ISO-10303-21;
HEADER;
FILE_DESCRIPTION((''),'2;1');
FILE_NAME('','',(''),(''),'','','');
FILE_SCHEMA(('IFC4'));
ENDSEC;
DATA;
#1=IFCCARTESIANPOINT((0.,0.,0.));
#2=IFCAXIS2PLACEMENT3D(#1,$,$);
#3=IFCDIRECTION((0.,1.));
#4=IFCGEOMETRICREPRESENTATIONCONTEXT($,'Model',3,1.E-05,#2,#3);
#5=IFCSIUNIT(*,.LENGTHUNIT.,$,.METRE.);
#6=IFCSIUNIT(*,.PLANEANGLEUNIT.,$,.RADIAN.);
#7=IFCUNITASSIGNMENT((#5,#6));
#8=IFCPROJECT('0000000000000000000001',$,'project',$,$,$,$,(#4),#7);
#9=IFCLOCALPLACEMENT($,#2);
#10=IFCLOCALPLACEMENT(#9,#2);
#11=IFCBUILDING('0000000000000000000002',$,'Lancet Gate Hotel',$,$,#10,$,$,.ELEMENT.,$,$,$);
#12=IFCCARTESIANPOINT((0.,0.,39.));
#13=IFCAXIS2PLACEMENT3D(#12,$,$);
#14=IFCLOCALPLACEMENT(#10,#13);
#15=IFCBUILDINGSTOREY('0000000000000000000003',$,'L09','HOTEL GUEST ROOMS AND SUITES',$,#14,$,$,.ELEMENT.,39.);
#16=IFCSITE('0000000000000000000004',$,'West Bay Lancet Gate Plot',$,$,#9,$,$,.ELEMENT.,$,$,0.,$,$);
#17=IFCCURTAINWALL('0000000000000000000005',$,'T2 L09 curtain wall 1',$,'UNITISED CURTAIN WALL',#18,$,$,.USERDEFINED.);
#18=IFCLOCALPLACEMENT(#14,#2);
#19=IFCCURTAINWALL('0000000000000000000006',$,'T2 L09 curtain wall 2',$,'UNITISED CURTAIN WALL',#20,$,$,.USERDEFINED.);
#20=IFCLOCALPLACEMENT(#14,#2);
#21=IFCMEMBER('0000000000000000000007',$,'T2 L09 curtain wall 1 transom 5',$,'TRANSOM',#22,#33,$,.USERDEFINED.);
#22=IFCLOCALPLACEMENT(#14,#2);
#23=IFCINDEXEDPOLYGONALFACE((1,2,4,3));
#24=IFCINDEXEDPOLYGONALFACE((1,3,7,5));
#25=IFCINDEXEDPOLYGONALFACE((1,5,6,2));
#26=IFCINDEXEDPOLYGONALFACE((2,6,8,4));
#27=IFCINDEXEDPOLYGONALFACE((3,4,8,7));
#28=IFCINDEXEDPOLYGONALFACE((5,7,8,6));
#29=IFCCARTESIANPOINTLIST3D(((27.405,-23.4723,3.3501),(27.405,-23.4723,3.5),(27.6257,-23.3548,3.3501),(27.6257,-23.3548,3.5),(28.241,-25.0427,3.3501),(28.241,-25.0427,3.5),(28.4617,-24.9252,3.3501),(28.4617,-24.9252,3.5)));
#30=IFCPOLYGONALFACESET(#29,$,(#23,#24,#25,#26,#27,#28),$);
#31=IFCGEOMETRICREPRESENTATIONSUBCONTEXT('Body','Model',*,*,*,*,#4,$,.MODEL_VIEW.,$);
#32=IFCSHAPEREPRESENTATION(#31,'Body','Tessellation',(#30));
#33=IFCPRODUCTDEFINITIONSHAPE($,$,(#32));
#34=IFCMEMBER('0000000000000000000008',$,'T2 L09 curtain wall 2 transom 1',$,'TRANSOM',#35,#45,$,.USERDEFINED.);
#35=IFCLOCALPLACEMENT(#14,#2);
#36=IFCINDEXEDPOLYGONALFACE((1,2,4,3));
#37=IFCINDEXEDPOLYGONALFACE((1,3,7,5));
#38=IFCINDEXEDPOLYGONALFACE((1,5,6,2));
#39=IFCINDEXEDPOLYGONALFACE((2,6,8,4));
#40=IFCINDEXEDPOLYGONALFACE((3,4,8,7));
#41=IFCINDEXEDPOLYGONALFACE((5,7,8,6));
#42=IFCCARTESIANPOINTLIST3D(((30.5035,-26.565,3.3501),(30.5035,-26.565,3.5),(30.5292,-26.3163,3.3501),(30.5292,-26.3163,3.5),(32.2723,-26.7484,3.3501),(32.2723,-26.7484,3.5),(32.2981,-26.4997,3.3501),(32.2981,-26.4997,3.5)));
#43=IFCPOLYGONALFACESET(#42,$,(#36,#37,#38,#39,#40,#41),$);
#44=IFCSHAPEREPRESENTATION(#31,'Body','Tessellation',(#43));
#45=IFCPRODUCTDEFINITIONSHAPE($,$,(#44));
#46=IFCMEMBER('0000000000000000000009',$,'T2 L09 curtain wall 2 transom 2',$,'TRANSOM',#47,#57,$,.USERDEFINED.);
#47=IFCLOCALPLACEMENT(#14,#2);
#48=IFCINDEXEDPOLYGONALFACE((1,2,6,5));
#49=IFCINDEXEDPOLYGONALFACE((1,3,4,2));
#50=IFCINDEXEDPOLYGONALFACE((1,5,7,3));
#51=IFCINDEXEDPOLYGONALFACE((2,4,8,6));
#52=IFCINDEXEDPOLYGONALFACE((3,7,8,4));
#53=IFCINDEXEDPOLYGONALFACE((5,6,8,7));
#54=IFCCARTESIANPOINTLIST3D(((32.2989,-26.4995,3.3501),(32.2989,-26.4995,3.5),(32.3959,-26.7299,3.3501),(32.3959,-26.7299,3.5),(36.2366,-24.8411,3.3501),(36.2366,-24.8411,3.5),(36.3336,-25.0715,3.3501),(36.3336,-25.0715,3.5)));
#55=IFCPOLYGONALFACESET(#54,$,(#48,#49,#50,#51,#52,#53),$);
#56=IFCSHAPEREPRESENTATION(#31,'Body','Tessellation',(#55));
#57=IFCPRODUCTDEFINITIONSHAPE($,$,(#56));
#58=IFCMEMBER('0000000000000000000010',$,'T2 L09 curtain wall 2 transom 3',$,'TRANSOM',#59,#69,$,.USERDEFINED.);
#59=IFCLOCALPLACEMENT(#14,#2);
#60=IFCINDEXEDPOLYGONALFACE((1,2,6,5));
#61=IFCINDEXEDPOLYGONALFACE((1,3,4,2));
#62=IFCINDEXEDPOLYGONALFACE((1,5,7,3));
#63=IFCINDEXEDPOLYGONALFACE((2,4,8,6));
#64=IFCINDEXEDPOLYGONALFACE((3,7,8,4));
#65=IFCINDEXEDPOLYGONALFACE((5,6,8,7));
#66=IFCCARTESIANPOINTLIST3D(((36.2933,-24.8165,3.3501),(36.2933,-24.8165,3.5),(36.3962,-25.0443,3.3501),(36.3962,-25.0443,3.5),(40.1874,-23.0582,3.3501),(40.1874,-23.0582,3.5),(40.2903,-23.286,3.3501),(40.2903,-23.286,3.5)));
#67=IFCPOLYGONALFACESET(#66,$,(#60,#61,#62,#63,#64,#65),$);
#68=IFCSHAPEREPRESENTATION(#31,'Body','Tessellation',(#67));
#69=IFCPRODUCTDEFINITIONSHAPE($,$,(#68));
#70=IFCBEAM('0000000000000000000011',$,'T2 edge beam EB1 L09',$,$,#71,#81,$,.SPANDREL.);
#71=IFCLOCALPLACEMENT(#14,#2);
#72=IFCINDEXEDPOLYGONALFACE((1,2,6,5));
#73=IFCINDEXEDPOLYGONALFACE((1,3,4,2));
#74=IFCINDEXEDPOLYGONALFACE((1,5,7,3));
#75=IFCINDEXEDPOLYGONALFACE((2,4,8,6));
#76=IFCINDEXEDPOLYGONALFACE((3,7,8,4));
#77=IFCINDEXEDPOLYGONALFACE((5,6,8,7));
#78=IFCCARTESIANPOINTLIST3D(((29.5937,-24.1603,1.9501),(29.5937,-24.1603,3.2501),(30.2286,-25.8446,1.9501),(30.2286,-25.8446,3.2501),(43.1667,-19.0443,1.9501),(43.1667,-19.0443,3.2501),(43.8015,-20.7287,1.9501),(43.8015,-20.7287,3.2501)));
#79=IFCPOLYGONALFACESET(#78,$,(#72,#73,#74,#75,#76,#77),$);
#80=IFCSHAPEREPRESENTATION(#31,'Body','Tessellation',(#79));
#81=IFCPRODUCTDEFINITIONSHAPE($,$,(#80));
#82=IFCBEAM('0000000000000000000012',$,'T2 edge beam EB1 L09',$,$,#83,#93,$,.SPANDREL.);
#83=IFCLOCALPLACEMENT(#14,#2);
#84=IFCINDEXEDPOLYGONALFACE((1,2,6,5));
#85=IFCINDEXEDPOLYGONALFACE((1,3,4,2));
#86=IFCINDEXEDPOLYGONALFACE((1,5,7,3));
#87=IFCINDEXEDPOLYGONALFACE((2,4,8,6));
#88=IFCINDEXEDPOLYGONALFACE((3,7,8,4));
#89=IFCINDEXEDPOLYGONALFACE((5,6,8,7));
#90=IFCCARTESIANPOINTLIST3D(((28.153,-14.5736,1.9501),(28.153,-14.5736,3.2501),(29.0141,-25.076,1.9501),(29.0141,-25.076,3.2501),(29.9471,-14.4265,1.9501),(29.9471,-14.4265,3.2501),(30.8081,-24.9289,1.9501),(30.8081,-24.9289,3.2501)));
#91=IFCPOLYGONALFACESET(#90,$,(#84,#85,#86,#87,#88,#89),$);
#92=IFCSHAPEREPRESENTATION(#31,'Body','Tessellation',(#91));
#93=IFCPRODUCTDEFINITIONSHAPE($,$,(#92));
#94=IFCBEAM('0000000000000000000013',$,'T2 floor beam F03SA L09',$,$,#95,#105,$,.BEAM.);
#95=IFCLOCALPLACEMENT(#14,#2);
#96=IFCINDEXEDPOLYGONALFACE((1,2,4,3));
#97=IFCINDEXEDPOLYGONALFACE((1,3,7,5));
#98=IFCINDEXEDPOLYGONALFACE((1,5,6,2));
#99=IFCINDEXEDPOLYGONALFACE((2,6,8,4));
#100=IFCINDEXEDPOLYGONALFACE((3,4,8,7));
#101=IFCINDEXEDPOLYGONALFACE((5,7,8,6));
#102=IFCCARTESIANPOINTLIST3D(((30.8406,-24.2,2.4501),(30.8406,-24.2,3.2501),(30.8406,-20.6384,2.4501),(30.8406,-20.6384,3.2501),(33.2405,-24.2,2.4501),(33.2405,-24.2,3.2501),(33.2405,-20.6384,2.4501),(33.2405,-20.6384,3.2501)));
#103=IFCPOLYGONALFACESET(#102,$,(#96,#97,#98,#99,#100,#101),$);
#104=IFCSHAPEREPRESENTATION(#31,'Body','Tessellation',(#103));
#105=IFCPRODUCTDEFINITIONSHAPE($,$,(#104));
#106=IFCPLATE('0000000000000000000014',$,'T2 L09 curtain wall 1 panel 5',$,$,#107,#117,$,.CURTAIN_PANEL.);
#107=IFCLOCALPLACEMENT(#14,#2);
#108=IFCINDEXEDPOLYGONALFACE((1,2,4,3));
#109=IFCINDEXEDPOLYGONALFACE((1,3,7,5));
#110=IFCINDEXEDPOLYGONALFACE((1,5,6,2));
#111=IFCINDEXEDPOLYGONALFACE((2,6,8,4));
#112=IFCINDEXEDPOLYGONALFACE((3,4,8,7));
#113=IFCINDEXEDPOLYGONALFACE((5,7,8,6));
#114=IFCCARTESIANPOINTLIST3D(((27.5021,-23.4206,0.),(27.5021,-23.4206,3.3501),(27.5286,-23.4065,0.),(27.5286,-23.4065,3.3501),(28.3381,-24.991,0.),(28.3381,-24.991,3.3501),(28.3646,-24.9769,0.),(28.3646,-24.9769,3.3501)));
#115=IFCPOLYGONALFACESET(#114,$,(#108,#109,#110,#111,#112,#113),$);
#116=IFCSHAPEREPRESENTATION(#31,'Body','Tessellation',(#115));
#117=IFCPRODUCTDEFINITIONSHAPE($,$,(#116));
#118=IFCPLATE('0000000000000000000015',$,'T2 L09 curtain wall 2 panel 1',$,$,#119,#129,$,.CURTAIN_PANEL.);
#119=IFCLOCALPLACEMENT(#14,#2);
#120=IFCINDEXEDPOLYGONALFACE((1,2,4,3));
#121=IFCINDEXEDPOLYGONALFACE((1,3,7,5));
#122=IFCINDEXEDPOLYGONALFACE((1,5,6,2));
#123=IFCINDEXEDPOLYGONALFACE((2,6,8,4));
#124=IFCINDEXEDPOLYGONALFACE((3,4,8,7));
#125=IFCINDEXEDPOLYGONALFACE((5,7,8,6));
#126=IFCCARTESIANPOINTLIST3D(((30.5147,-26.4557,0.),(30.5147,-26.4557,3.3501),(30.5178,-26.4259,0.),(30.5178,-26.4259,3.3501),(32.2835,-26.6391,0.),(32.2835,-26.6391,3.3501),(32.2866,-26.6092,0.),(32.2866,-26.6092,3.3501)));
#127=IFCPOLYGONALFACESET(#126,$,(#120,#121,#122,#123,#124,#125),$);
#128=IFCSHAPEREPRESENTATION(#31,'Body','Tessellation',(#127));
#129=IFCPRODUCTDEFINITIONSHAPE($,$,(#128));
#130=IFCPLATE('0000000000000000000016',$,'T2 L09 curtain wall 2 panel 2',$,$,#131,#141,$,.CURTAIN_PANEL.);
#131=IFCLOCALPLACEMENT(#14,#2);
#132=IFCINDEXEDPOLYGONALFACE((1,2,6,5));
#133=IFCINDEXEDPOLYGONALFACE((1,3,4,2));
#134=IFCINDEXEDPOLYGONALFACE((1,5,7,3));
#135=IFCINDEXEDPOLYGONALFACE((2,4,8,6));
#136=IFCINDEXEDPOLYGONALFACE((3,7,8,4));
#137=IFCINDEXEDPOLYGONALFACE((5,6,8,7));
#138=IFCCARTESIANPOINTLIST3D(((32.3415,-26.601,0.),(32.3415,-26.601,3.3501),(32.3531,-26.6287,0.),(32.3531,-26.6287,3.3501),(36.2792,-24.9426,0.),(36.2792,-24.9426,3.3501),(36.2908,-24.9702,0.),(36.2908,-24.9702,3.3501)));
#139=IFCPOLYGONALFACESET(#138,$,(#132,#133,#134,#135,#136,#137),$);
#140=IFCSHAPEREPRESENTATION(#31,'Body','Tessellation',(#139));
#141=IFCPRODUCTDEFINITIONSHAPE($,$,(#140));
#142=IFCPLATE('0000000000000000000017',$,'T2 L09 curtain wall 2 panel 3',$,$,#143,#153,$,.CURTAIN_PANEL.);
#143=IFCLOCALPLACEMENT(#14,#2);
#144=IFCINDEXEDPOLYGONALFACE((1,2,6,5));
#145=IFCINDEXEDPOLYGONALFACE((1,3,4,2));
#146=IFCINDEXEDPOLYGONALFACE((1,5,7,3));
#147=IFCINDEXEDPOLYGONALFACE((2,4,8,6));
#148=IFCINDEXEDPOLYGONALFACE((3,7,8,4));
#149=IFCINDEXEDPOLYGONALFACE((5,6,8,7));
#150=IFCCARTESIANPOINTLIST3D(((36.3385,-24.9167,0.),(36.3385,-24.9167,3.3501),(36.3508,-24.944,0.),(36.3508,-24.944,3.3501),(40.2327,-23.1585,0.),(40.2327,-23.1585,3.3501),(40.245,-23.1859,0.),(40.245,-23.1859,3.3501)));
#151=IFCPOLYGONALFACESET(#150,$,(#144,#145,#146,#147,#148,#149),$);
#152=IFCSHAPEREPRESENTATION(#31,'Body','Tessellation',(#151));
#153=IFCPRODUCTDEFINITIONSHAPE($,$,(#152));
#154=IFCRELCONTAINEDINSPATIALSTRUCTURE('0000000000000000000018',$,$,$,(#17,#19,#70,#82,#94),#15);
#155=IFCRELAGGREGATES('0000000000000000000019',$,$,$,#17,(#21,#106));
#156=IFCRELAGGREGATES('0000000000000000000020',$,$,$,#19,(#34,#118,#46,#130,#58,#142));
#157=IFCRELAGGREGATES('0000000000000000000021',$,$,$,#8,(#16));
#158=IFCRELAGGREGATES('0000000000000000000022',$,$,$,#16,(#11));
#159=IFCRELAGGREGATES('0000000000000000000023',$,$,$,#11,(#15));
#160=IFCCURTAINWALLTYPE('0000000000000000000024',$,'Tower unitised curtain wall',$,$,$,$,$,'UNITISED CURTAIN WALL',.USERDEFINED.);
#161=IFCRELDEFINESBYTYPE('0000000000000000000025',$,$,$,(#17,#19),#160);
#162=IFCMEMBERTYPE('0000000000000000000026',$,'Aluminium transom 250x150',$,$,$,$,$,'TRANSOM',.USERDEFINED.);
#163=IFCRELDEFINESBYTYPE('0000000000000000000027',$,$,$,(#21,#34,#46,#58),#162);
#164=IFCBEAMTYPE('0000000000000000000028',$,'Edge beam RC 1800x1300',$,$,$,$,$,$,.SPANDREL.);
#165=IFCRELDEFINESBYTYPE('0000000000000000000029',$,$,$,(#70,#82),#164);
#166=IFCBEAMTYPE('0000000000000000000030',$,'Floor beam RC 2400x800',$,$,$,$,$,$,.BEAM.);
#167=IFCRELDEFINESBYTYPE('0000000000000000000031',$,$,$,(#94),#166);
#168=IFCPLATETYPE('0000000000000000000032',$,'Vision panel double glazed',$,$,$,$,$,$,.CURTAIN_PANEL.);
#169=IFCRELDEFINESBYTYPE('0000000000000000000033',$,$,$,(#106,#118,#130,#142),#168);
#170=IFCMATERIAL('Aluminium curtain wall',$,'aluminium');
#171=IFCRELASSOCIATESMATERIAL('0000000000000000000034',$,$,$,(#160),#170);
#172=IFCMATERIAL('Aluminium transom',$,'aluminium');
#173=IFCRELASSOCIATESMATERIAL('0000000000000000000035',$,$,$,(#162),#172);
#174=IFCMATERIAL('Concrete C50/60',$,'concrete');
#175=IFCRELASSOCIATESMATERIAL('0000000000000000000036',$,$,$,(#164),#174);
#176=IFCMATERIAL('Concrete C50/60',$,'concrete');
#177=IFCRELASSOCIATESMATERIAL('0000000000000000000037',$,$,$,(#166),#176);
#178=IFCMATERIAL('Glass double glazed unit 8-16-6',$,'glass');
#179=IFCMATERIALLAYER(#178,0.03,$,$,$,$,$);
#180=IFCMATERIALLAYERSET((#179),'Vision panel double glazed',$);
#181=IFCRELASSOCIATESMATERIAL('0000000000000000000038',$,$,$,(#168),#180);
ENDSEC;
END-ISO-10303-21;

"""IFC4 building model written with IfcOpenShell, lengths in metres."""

from ifc_helpers import new_model, si_unit, direction, frame, origin, origin_2d, place, context, subcontext, project, spatial, rectangle, extrude, material, layer, layer_set, material_profile, profile_set, type_object, element, aggregate, save


model = new_model("IFC4")

# Units and contexts
model_context = context("Model", 3, precision=1e-05, world=origin(), true_north=direction((0.0, 1.0)))
body_context = subcontext(model_context, "Body", "Model", "MODEL_VIEW")
ifc_project = project(units=[si_unit("LENGTHUNIT", "METRE"), si_unit("PLANEANGLEUNIT", "RADIAN")], contexts=[model_context])

# Site, building, storey
site_placement = place(None, origin())
site = spatial("IfcSite", under=ifc_project, at=site_placement, Name="West Bay Lancet Gate Plot", CompositionType="ELEMENT", RefElevation=0.0)
building_placement = place(site_placement, origin())
building = spatial("IfcBuilding", under=site, at=building_placement, Name="Lancet Gate Hotel", CompositionType="ELEMENT")
storey_placement = place(building_placement, frame((0.0, 0.0, 39.0)))
storey = spatial("IfcBuildingStorey", under=building, at=storey_placement, Name="L09", Description="HOTEL GUEST ROOMS AND SUITES", CompositionType="ELEMENT", Elevation=39.0)

# Curtain walls
ifc_material_1 = material(Name="Aluminium curtain wall", Category="aluminium")
curtain_wall_type = type_object("IfcCurtainWallType", Name="Tower unitised curtain wall", ElementType="UNITISED CURTAIN WALL", PredefinedType="USERDEFINED", material=ifc_material_1)
curtain_wall_1_placement = place(storey_placement, origin())
curtain_wall_1 = element("IfcCurtainWall", 1, at=curtain_wall_1_placement, inside=storey, type_object=curtain_wall_type, Name="T2 L09 curtain wall 1", ObjectType="UNITISED CURTAIN WALL", PredefinedType="USERDEFINED")
curtain_wall_2_placement = place(storey_placement, origin())
curtain_wall_2 = element("IfcCurtainWall", 2, at=curtain_wall_2_placement, inside=storey, type_object=curtain_wall_type, Name="T2 L09 curtain wall 2", ObjectType="UNITISED CURTAIN WALL", PredefinedType="USERDEFINED")

# Members
ifc_material_2 = material(Name="Aluminium transom", Category="aluminium")
ifc_material_profile_1 = material_profile(ifc_material_2, rectangle(XDim=0.25, YDim=0.1499, at=origin_2d()), Name="TRANSOM 250x150")
ifc_profile_set_1 = profile_set([ifc_material_profile_1], Name="Aluminium transom")
member_type_1 = type_object("IfcMemberType", Name="Aluminium transom 250x150", ElementType="TRANSOM", PredefinedType="USERDEFINED", material=ifc_profile_set_1)
member_1_placement = place(storey_placement, frame((27.5154, -23.4136, 3.425), z_axis=(0.469904, -0.882717, 0.0), x_axis=(0.882717, 0.469904, 0.0)))
member_1 = element("IfcMember", 3, at=member_1_placement, type_object=member_type_1, Name="T2 L09 curtain wall 1 transom 5", ObjectType="TRANSOM", PredefinedType="USERDEFINED", context=body_context, shape_type="SweptSolid", body=[
    extrude(rectangle(XDim=0.25, YDim=0.1499, at=origin_2d()), origin(), (0.0, 0.0, 1.0), 1.7791),
])
member_2_placement = place(storey_placement, frame((30.5164, -26.4407, 3.425), z_axis=(0.99467, -0.103105, 0.0), x_axis=(0.103105, 0.99467, 0.0)))
member_2 = element("IfcMember", 4, at=member_2_placement, type_object=member_type_1, Name="T2 L09 curtain wall 2 transom 1", ObjectType="TRANSOM", PredefinedType="USERDEFINED", context=body_context, shape_type="SweptSolid", body=[
    extrude(rectangle(XDim=0.25, YDim=0.1499, at=origin_2d()), origin(), (0.0, 0.0, 1.0), 1.7783),
])
member_3_placement = place(storey_placement, frame((32.3474, -26.6147, 3.425), z_axis=(0.921598, 0.388146, 0.0), x_axis=(-0.388146, 0.921598, 0.0)))
member_3 = element("IfcMember", 5, at=member_3_placement, type_object=member_type_1, Name="T2 L09 curtain wall 2 transom 2", ObjectType="TRANSOM", PredefinedType="USERDEFINED", context=body_context, shape_type="SweptSolid", body=[
    extrude(rectangle(XDim=0.25, YDim=0.1499, at=origin_2d()), origin(), (0.0, 0.0, 1.0), 4.2727),
])
member_4_placement = place(storey_placement, frame((36.3447, -24.9304, 3.425), z_axis=(0.911397, 0.411529, 0.0), x_axis=(-0.411529, 0.911397, 0.0)))
member_4 = element("IfcMember", 6, at=member_4_placement, type_object=member_type_1, Name="T2 L09 curtain wall 2 transom 3", ObjectType="TRANSOM", PredefinedType="USERDEFINED", context=body_context, shape_type="SweptSolid", body=[
    extrude(rectangle(XDim=0.25, YDim=0.1499, at=origin_2d()), origin(), (0.0, 0.0, 1.0), 4.2727),
])

# Beams
ifc_material_3 = material(Name="Concrete C50/60", Category="concrete")
ifc_material_profile_2 = material_profile(ifc_material_3, rectangle(XDim=1.8, YDim=1.3, at=origin_2d()), Name="RC 1800x1300")
ifc_profile_set_2 = profile_set([ifc_material_profile_2], Name="Concrete C50/60")
beam_type_1 = type_object("IfcBeamType", Name="Edge beam RC 1800x1300", PredefinedType="SPANDREL", material=ifc_profile_set_2)
beam_1_placement = place(storey_placement, frame((29.9111, -25.0024, 2.6001), z_axis=(0.935736, 0.3527, 0.0), x_axis=(-0.3527, 0.935736, 0.0)))
element("IfcBeam", 7, at=beam_1_placement, inside=storey, type_object=beam_type_1, Name="T2 edge beam EB1 L09", PredefinedType="SPANDREL", context=body_context, shape_type="SweptSolid", body=[
    extrude(rectangle(XDim=1.8, YDim=1.3, at=origin_2d()), origin(), (0.0, 0.0, 1.0), 14.5051),
])
beam_2_placement = place(storey_placement, frame((29.9111, -25.0024, 2.6001), z_axis=(-0.081715, 0.996656, 0.0), x_axis=(-0.996656, -0.081715, 0.0)))
element("IfcBeam", 8, at=beam_2_placement, inside=storey, type_object=beam_type_1, Name="T2 edge beam EB1 L09", PredefinedType="SPANDREL", context=body_context, shape_type="SweptSolid", body=[
    extrude(rectangle(XDim=1.8, YDim=1.3, at=origin_2d()), origin(), (0.0, 0.0, 1.0), 10.5376),
])
ifc_material_4 = material(Name="Concrete C50/60", Category="concrete")
ifc_material_profile_3 = material_profile(ifc_material_4, rectangle(XDim=2.3999, YDim=0.8, at=origin_2d()), Name="RC 2400x800")
ifc_profile_set_3 = profile_set([ifc_material_profile_3], Name="Concrete C50/60")
beam_type_2 = type_object("IfcBeamType", Name="Floor beam RC 2400x800", PredefinedType="BEAM", material=ifc_profile_set_3)
beam_3_placement = place(storey_placement, frame((32.0405, -24.2, 2.8501), z_axis=(0.0, 1.0, 0.0), x_axis=(-1.0, 0.0, 0.0)))
element("IfcBeam", 9, at=beam_3_placement, inside=storey, type_object=beam_type_2, Name="T2 floor beam F03SA L09", PredefinedType="BEAM", context=body_context, shape_type="SweptSolid", body=[
    extrude(rectangle(XDim=2.3999, YDim=0.8, at=origin_2d()), origin(), (0.0, 0.0, 1.0), 3.5615),
])

# Plates
ifc_material_5 = material(Name="Glass double glazed unit 8-16-6", Category="glass")
ifc_layer = layer(ifc_material_5, 0.03)
ifc_layer_set = layer_set([ifc_layer], Name="Vision panel double glazed")
plate_type = type_object("IfcPlateType", Name="Vision panel double glazed", PredefinedType="CURTAIN_PANEL", material=ifc_layer_set)
plate_1_placement = place(storey_placement, frame((27.9333, -24.1987, 0.0), z_axis=(0.0, 0.0, 1.0), x_axis=(0.469898, -0.882721, 0.0)))
plate_1 = element("IfcPlate", 10, at=plate_1_placement, type_object=plate_type, Name="T2 L09 curtain wall 1 panel 5", PredefinedType="CURTAIN_PANEL", context=body_context, shape_type="SweptSolid", body=[
    extrude(rectangle(XDim=1.7791, YDim=0.03, at=origin_2d()), origin(), (0.0, 0.0, 1.0), 3.3501),
])
aggregate(curtain_wall_1, [member_1, plate_1])
plate_2_placement = place(storey_placement, frame((31.4006, -26.5325, 0.0), z_axis=(0.0, 0.0, 1.0), x_axis=(0.994672, -0.103088, 0.0)))
plate_2 = element("IfcPlate", 11, at=plate_2_placement, type_object=plate_type, Name="T2 L09 curtain wall 2 panel 1", PredefinedType="CURTAIN_PANEL", context=body_context, shape_type="SweptSolid", body=[
    extrude(rectangle(XDim=1.7783, YDim=0.03, at=origin_2d()), origin(), (0.0, 0.0, 1.0), 3.3501),
])
plate_3_placement = place(storey_placement, frame((34.3162, -25.7856, 0.0), z_axis=(0.0, 0.0, 1.0), x_axis=(0.921593, 0.388157, 0.0)))
plate_3 = element("IfcPlate", 12, at=plate_3_placement, type_object=plate_type, Name="T2 L09 curtain wall 2 panel 2", PredefinedType="CURTAIN_PANEL", context=body_context, shape_type="SweptSolid", body=[
    extrude(rectangle(XDim=4.2727, YDim=0.03, at=origin_2d()), origin(), (0.0, 0.0, 1.0), 3.3501),
])
plate_4_placement = place(storey_placement, frame((38.2917, -24.0513, 0.0), z_axis=(0.0, 0.0, 1.0), x_axis=(0.911416, 0.411487, 0.0)))
plate_4 = element("IfcPlate", 13, at=plate_4_placement, type_object=plate_type, Name="T2 L09 curtain wall 2 panel 3", PredefinedType="CURTAIN_PANEL", context=body_context, shape_type="SweptSolid", body=[
    extrude(rectangle(XDim=4.2727, YDim=0.03, at=origin_2d()), origin(), (0.0, 0.0, 1.0), 3.3501),
])
aggregate(curtain_wall_2, [member_2, plate_2, member_3, plate_3, member_4, plate_4])

save(model, "model.ifc")
